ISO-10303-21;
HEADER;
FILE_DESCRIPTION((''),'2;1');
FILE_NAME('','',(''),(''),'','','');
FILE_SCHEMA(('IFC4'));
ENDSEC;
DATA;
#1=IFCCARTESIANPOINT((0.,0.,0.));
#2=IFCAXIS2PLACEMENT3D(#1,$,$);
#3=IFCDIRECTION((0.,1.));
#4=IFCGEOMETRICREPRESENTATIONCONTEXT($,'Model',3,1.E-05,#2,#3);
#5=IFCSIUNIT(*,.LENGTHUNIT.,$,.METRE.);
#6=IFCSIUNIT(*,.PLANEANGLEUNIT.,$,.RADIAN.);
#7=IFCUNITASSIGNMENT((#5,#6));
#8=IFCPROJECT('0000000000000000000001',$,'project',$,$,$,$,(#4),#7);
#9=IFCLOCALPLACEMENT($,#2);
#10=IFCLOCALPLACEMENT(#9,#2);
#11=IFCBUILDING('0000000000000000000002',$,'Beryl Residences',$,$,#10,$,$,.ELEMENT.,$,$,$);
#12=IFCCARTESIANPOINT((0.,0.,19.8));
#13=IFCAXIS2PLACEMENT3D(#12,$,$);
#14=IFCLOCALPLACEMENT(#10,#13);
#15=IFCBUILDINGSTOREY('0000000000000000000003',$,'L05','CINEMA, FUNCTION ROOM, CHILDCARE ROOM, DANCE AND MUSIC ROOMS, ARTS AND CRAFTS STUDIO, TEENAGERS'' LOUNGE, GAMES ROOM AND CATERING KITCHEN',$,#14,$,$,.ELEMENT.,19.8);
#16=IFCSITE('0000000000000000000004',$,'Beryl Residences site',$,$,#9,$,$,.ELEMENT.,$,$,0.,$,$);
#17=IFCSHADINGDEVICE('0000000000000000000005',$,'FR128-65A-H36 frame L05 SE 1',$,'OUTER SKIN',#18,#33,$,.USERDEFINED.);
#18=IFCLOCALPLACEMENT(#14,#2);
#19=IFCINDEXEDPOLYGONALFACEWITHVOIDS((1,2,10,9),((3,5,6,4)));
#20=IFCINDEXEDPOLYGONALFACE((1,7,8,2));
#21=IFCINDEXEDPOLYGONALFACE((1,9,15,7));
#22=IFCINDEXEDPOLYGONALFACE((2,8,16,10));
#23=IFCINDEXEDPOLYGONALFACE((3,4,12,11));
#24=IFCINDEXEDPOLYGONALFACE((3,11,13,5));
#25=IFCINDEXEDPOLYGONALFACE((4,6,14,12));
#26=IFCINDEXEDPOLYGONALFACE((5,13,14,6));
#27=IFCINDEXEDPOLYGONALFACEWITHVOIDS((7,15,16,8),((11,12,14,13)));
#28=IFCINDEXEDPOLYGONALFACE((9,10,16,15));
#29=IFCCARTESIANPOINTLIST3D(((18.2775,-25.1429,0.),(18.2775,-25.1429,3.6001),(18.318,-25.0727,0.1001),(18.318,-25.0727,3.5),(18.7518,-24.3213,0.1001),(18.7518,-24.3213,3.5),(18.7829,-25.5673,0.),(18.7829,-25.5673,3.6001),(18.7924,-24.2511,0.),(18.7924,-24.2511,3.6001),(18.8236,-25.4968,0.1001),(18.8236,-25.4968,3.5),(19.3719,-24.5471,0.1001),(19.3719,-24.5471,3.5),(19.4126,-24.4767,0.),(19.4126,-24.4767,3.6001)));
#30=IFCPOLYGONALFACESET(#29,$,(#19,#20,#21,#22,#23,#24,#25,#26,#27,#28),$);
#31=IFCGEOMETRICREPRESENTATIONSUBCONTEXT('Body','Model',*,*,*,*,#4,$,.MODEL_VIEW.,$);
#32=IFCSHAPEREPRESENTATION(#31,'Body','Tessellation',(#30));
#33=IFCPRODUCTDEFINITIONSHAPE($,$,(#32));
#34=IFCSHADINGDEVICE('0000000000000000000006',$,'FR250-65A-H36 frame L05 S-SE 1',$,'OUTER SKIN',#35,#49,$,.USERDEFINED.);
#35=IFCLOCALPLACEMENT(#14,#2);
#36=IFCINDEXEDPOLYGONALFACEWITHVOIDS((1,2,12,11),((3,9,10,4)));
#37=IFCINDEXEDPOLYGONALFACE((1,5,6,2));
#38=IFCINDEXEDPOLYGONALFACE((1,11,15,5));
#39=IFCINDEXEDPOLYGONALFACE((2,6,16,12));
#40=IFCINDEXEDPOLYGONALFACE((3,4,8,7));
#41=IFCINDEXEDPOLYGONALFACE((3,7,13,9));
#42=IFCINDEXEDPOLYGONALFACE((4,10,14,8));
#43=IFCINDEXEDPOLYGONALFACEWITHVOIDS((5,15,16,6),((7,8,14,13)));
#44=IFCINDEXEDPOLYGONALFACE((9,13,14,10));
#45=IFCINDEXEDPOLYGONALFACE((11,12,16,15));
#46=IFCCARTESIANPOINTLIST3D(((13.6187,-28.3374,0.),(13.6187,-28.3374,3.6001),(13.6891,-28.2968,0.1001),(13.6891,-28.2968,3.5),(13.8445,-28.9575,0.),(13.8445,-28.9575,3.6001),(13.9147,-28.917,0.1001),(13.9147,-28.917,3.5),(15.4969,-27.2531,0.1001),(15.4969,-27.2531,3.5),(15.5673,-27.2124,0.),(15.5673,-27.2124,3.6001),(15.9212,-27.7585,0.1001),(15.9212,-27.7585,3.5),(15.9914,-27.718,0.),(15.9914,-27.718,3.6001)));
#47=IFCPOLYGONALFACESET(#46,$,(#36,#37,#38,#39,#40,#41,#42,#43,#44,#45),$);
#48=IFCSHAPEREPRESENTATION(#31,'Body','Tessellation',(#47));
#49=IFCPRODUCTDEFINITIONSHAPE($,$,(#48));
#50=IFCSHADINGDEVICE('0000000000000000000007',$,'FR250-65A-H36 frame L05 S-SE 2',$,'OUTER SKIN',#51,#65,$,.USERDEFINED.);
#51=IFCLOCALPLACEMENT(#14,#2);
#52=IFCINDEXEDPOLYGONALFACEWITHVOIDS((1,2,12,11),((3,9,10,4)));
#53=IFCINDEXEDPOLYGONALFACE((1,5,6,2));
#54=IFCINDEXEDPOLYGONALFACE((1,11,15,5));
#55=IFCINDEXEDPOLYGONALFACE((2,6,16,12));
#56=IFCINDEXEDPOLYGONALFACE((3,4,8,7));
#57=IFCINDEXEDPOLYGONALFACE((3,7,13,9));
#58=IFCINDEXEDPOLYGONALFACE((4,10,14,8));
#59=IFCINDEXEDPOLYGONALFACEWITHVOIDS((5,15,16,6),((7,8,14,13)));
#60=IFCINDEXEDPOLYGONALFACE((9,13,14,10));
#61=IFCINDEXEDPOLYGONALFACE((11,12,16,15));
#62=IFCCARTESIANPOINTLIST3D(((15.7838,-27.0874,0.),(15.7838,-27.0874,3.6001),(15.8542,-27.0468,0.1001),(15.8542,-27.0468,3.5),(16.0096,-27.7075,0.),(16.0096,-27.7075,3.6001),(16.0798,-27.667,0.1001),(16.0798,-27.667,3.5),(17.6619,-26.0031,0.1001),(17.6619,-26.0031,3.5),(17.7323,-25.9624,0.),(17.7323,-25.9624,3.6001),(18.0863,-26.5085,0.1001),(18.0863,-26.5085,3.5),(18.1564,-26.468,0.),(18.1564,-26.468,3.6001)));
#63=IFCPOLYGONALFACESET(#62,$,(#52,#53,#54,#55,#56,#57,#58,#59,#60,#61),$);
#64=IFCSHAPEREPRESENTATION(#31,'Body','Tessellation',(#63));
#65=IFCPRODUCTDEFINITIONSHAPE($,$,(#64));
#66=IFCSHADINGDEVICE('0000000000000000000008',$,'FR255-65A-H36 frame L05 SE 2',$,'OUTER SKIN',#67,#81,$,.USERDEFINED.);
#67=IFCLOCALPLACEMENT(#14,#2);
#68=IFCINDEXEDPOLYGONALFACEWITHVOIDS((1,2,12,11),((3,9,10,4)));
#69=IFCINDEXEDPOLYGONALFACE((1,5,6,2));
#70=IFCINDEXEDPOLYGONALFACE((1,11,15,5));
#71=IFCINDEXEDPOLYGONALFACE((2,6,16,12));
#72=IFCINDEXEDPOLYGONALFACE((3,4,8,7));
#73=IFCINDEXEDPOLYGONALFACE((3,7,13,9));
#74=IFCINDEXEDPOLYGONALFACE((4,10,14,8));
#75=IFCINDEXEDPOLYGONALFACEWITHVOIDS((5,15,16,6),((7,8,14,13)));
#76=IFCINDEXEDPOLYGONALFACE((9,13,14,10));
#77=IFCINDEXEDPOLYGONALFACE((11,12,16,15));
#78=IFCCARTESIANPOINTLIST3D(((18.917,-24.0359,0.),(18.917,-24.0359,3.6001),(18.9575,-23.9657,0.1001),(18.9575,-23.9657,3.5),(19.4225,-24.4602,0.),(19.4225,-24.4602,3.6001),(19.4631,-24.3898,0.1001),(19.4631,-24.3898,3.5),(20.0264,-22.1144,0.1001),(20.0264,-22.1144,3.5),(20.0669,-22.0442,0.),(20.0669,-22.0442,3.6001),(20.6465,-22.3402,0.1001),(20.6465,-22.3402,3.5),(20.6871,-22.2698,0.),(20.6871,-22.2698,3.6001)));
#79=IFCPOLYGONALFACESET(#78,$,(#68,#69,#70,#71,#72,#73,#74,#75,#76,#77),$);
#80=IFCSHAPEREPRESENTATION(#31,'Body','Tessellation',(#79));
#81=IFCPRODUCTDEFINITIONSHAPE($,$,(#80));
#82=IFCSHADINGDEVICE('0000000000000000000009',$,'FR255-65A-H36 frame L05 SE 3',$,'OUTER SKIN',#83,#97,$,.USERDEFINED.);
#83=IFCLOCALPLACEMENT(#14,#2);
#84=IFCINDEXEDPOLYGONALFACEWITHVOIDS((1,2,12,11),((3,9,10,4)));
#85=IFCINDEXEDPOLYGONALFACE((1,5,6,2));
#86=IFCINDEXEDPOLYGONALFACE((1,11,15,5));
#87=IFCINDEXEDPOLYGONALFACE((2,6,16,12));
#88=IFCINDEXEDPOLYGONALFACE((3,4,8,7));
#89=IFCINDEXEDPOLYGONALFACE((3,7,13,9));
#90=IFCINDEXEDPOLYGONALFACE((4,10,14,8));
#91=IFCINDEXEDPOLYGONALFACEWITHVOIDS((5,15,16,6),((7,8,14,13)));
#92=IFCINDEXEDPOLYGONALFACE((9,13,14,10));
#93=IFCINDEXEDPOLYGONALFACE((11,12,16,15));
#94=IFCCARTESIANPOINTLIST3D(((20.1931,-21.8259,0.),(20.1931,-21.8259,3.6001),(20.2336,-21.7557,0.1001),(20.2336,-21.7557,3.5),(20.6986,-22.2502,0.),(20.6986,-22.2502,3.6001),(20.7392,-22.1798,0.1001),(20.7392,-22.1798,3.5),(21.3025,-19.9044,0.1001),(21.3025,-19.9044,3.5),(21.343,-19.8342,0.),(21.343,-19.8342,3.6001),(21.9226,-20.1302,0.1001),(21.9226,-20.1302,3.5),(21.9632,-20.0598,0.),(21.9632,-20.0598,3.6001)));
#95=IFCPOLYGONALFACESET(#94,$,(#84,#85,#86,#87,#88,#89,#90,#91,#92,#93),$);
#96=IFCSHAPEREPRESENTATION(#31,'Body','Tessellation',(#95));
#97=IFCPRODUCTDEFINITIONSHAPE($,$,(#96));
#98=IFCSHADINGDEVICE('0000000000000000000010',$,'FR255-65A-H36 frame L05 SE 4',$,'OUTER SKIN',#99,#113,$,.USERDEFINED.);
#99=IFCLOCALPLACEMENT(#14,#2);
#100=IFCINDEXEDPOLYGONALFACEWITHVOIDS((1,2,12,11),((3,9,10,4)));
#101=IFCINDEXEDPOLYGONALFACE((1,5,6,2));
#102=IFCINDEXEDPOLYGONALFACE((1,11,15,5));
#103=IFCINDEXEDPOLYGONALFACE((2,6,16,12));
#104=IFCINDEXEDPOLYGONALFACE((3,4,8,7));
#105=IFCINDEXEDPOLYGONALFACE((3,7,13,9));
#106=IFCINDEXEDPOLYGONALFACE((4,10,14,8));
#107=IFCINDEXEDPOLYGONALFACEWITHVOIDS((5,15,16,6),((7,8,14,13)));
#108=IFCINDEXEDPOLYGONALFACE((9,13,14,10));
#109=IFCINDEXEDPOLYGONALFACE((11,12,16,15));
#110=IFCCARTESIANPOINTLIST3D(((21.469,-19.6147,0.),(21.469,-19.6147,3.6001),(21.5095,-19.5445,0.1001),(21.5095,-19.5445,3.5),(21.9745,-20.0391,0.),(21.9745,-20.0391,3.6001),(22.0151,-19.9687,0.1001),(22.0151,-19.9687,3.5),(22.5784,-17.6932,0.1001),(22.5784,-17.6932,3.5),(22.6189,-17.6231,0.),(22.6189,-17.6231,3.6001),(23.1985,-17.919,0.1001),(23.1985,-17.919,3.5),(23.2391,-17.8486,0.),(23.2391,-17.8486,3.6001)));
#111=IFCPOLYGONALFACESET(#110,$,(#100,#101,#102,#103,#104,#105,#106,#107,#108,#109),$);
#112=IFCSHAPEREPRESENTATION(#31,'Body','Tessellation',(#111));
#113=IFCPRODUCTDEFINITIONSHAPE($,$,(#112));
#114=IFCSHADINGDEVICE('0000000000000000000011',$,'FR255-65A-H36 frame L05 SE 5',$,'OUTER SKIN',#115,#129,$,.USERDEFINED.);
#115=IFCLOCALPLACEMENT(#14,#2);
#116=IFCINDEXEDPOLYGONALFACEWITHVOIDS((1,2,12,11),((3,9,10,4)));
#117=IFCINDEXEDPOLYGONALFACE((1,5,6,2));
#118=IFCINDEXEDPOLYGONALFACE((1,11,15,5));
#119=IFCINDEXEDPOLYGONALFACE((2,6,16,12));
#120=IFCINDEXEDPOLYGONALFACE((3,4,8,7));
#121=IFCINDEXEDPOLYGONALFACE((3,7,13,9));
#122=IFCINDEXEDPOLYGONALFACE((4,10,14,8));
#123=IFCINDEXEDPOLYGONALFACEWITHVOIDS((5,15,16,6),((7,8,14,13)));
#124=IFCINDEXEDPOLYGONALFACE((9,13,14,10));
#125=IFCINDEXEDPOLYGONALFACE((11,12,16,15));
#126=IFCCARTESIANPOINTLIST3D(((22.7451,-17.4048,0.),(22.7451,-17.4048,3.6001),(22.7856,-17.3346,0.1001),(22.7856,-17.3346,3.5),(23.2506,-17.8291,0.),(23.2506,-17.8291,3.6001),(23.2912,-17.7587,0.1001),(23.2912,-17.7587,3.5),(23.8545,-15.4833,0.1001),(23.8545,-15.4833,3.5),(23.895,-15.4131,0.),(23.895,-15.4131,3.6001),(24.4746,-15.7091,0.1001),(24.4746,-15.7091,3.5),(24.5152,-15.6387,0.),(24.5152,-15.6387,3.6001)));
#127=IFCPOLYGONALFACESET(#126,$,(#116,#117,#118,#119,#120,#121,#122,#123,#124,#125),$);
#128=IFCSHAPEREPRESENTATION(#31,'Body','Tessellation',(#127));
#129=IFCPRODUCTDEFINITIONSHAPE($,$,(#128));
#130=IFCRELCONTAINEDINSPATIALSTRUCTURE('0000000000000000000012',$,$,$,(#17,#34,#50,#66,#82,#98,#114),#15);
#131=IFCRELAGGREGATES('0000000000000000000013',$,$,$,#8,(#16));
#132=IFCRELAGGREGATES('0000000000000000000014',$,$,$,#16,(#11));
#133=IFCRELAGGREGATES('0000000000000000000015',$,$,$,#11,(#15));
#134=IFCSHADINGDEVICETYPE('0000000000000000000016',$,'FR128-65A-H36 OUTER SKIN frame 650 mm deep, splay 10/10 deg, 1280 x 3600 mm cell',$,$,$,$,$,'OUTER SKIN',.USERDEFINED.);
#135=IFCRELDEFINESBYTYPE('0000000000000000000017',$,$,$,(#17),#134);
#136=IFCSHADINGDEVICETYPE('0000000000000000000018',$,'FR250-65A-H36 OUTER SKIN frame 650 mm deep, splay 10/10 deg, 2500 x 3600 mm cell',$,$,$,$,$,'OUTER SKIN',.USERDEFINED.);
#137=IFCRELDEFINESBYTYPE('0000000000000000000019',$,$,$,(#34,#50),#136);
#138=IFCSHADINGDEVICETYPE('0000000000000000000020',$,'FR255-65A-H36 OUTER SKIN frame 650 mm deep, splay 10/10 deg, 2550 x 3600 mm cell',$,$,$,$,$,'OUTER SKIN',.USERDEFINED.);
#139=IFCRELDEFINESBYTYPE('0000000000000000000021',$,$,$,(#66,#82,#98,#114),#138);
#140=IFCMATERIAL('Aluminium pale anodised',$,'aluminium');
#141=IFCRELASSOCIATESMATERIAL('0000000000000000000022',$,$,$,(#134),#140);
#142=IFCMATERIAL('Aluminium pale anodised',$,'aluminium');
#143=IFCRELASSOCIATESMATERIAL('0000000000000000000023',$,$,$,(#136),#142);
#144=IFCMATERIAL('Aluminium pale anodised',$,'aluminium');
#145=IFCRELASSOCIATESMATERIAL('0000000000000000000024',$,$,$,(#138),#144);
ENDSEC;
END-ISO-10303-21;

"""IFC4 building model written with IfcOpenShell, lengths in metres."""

from ifc_helpers import new_model, entity, si_unit, direction, frame, origin, place, context, subcontext, project, spatial, source, transform, mapped, material, type_object, type_shapes, element, save


model = new_model("IFC4")

# Units and contexts
model_context = context("Model", 3, precision=1e-05, world=origin(), true_north=direction((0.0, 1.0)))
body_context = subcontext(model_context, "Body", "Model", "MODEL_VIEW")
ifc_project = project(units=[si_unit("LENGTHUNIT", "METRE"), si_unit("PLANEANGLEUNIT", "RADIAN")], contexts=[model_context])

# Site, building, storey
site_placement = place(None, origin())
site = spatial("IfcSite", under=ifc_project, at=site_placement, Name="Beryl Residences site", CompositionType="ELEMENT", RefElevation=0.0)
building_placement = place(site_placement, origin())
building = spatial("IfcBuilding", under=site, at=building_placement, Name="Beryl Residences", CompositionType="ELEMENT")
storey_placement = place(building_placement, frame((0.0, 0.0, 19.8)))
storey = spatial("IfcBuildingStorey", under=building, at=storey_placement, Name="L05", Description="CINEMA, FUNCTION ROOM, CHILDCARE ROOM, DANCE AND MUSIC ROOMS, ARTS AND CRAFTS STUDIO, TEENAGERS' LOUNGE, GAMES ROOM AND CATERING KITCHEN", CompositionType="ELEMENT", Elevation=19.8)

# Shading devices
ifc_material_1 = material(Name="Aluminium pale anodised", Category="aluminium")
shading_device_type_1 = type_object("IfcShadingDeviceType", Name="FR128-65A-H36 OUTER SKIN frame 650 mm deep, splay 10/10 deg, 1280 x 3600 mm cell", ElementType="OUTER SKIN", PredefinedType="USERDEFINED", material=ifc_material_1)
cartesian_point_1 = entity("IfcCartesianPoint", [-0.5149, 0.0])
cartesian_point_2 = entity("IfcCartesianPoint", [-0.4338, 0.1001])
cartesian_point_3 = entity("IfcCartesianPoint", [-0.6296, 0.0])
cartesian_point_4 = entity("IfcCartesianPoint", [-0.5483, 0.1001])
shared_shape_1 = source(origin(), body_context, "Body", "SweptSolid", [
    entity("IfcExtrudedAreaSolidTapered", entity("IfcArbitraryProfileDefWithVoids", "AREA", None, entity("IfcPolyline", [cartesian_point_1, entity("IfcCartesianPoint", [0.5149, 0.0]), entity("IfcCartesianPoint", [0.5149, 3.6001]), entity("IfcCartesianPoint", [-0.5149, 3.6001]), cartesian_point_1]), [entity("IfcPolyline", [cartesian_point_2, entity("IfcCartesianPoint", [0.4338, 0.1001]), entity("IfcCartesianPoint", [0.4338, 3.5]), entity("IfcCartesianPoint", [-0.4338, 3.5]), cartesian_point_2])]), entity("IfcAxis2Placement3D", entity("IfcCartesianPoint", [0.0, 0.0, 0.0]), entity("IfcDirection", [0.0, 1.0, 0.0]), entity("IfcDirection", [-1.0, 0.0, 0.0])), entity("IfcDirection", [0.0, 0.0, 1.0]), 0.6499, entity("IfcArbitraryProfileDefWithVoids", "AREA", None, entity("IfcPolyline", [cartesian_point_3, entity("IfcCartesianPoint", [0.6296, 0.0]), entity("IfcCartesianPoint", [0.6296, 3.6001]), entity("IfcCartesianPoint", [-0.6296, 3.6001]), cartesian_point_3]), [entity("IfcPolyline", [cartesian_point_4, entity("IfcCartesianPoint", [0.5483, 0.1001]), entity("IfcCartesianPoint", [0.5483, 3.5]), entity("IfcCartesianPoint", [-0.5483, 3.5]), cartesian_point_4])])),
])
type_shapes(shading_device_type_1, [shared_shape_1])
shading_device_placement = place(storey_placement, frame((18.5349, -24.697, 0.0), z_axis=(0.0, 0.0, 1.0), x_axis=(-0.5, -0.866025, 0.0)))
element("IfcShadingDevice", 1, at=shading_device_placement, inside=storey, type_object=shading_device_type_1, Name="FR128-65A-H36 frame L05 SE 1", ObjectType="OUTER SKIN", PredefinedType="USERDEFINED", context=body_context, shape_type="MappedRepresentation", body=[
    mapped(shared_shape_1, transform((0.0, 0.0, 0.0))),
])
ifc_material_2 = material(Name="Aluminium pale anodised", Category="aluminium")
shading_device_type_2 = type_object("IfcShadingDeviceType", Name="FR250-65A-H36 OUTER SKIN frame 650 mm deep, splay 10/10 deg, 2500 x 3600 mm cell", ElementType="OUTER SKIN", PredefinedType="USERDEFINED", material=ifc_material_2)
cartesian_point_5 = entity("IfcCartesianPoint", [-1.125, 0.0])
cartesian_point_6 = entity("IfcCartesianPoint", [-1.0437, 0.1001])
cartesian_point_7 = entity("IfcCartesianPoint", [-1.2395, 0.0])
cartesian_point_8 = entity("IfcCartesianPoint", [-1.1584, 0.1001])
shared_shape_2 = source(origin(), body_context, "Body", "SweptSolid", [
    entity("IfcExtrudedAreaSolidTapered", entity("IfcArbitraryProfileDefWithVoids", "AREA", None, entity("IfcPolyline", [cartesian_point_5, entity("IfcCartesianPoint", [1.125, 0.0]), entity("IfcCartesianPoint", [1.125, 3.6001]), entity("IfcCartesianPoint", [-1.125, 3.6001]), cartesian_point_5]), [entity("IfcPolyline", [cartesian_point_6, entity("IfcCartesianPoint", [1.0437, 0.1001]), entity("IfcCartesianPoint", [1.0437, 3.5]), entity("IfcCartesianPoint", [-1.0437, 3.5]), cartesian_point_6])]), entity("IfcAxis2Placement3D", entity("IfcCartesianPoint", [0.0, 0.0, 0.0]), entity("IfcDirection", [0.0, 1.0, 0.0]), entity("IfcDirection", [-1.0, 0.0, 0.0])), entity("IfcDirection", [0.0, 0.0, 1.0]), 0.6499, entity("IfcArbitraryProfileDefWithVoids", "AREA", None, entity("IfcPolyline", [cartesian_point_7, entity("IfcCartesianPoint", [1.2395, 0.0]), entity("IfcCartesianPoint", [1.2395, 3.6001]), entity("IfcCartesianPoint", [-1.2395, 3.6001]), cartesian_point_7]), [entity("IfcPolyline", [cartesian_point_8, entity("IfcCartesianPoint", [1.1584, 0.1001]), entity("IfcCartesianPoint", [1.1584, 3.5]), entity("IfcCartesianPoint", [-1.1584, 3.5]), cartesian_point_8])])),
])
type_shapes(shading_device_type_2, [shared_shape_2])
for number, where, z_axis, x_axis, name in (
    (2, (14.593, -27.7749, 0.0), (0.0, 0.0, 1.0), (-0.866025, -0.5, 0.0), "FR250-65A-H36 frame L05 S-SE 1"),
    (3, (16.7581, -26.5249, 0.0), (0.0, 0.0, 1.0), (-0.866025, -0.5, 0.0), "FR250-65A-H36 frame L05 S-SE 2"),
):
    element("IfcShadingDevice", number, at=place(storey_placement, frame(where, z_axis=z_axis, x_axis=x_axis)), inside=storey, type_object=shading_device_type_2, Name=name, ObjectType="OUTER SKIN", PredefinedType="USERDEFINED", context=body_context, shape_type="MappedRepresentation", body=[
        mapped(shared_shape_2, transform((0.0, 0.0, 0.0))),
    ])
ifc_material_3 = material(Name="Aluminium pale anodised", Category="aluminium")
shading_device_type_3 = type_object("IfcShadingDeviceType", Name="FR255-65A-H36 OUTER SKIN frame 650 mm deep, splay 10/10 deg, 2550 x 3600 mm cell", ElementType="OUTER SKIN", PredefinedType="USERDEFINED", material=ifc_material_3)
cartesian_point_9 = entity("IfcCartesianPoint", [-1.1499, 0.0])
cartesian_point_10 = entity("IfcCartesianPoint", [-1.0688, 0.1001])
cartesian_point_11 = entity("IfcCartesianPoint", [-1.2646, 0.0])
cartesian_point_12 = entity("IfcCartesianPoint", [-1.1833, 0.1001])
shared_shape_3 = source(origin(), body_context, "Body", "SweptSolid", [
    entity("IfcExtrudedAreaSolidTapered", entity("IfcArbitraryProfileDefWithVoids", "AREA", None, entity("IfcPolyline", [cartesian_point_9, entity("IfcCartesianPoint", [1.1499, 0.0]), entity("IfcCartesianPoint", [1.1499, 3.6001]), entity("IfcCartesianPoint", [-1.1499, 3.6001]), cartesian_point_9]), [entity("IfcPolyline", [cartesian_point_10, entity("IfcCartesianPoint", [1.0688, 0.1001]), entity("IfcCartesianPoint", [1.0688, 3.5]), entity("IfcCartesianPoint", [-1.0688, 3.5]), cartesian_point_10])]), entity("IfcAxis2Placement3D", entity("IfcCartesianPoint", [0.0, 0.0, 0.0]), entity("IfcDirection", [0.0, 1.0, 0.0]), entity("IfcDirection", [-1.0, 0.0, 0.0])), entity("IfcDirection", [0.0, 0.0, 1.0]), 0.6499, entity("IfcArbitraryProfileDefWithVoids", "AREA", None, entity("IfcPolyline", [cartesian_point_11, entity("IfcCartesianPoint", [1.2646, 0.0]), entity("IfcCartesianPoint", [1.2646, 3.6001]), entity("IfcCartesianPoint", [-1.2646, 3.6001]), cartesian_point_11]), [entity("IfcPolyline", [cartesian_point_12, entity("IfcCartesianPoint", [1.1833, 0.1001]), entity("IfcCartesianPoint", [1.1833, 3.5]), entity("IfcCartesianPoint", [-1.1833, 3.5]), cartesian_point_12])])),
])
type_shapes(shading_device_type_3, [shared_shape_3])
for number, where, z_axis, x_axis, name in (
    (4, (19.4919, -23.04, 0.0), (0.0, 0.0, 1.0), (-0.5, -0.866025, 0.0), "FR255-65A-H36 frame L05 SE 2"),
    (5, (20.7681, -20.8301, 0.0), (0.0, 0.0, 1.0), (-0.5, -0.866025, 0.0), "FR255-65A-H36 frame L05 SE 3"),
    (6, (22.0439, -18.6189, 0.0), (0.0, 0.0, 1.0), (-0.5, -0.866025, 0.0), "FR255-65A-H36 frame L05 SE 4"),
    (7, (23.3201, -16.4089, 0.0), (0.0, 0.0, 1.0), (-0.5, -0.866025, 0.0), "FR255-65A-H36 frame L05 SE 5"),
):
    element("IfcShadingDevice", number, at=place(storey_placement, frame(where, z_axis=z_axis, x_axis=x_axis)), inside=storey, type_object=shading_device_type_3, Name=name, ObjectType="OUTER SKIN", PredefinedType="USERDEFINED", context=body_context, shape_type="MappedRepresentation", body=[
        mapped(shared_shape_3, transform((0.0, 0.0, 0.0))),
    ])

save(model, "model.ifc")
